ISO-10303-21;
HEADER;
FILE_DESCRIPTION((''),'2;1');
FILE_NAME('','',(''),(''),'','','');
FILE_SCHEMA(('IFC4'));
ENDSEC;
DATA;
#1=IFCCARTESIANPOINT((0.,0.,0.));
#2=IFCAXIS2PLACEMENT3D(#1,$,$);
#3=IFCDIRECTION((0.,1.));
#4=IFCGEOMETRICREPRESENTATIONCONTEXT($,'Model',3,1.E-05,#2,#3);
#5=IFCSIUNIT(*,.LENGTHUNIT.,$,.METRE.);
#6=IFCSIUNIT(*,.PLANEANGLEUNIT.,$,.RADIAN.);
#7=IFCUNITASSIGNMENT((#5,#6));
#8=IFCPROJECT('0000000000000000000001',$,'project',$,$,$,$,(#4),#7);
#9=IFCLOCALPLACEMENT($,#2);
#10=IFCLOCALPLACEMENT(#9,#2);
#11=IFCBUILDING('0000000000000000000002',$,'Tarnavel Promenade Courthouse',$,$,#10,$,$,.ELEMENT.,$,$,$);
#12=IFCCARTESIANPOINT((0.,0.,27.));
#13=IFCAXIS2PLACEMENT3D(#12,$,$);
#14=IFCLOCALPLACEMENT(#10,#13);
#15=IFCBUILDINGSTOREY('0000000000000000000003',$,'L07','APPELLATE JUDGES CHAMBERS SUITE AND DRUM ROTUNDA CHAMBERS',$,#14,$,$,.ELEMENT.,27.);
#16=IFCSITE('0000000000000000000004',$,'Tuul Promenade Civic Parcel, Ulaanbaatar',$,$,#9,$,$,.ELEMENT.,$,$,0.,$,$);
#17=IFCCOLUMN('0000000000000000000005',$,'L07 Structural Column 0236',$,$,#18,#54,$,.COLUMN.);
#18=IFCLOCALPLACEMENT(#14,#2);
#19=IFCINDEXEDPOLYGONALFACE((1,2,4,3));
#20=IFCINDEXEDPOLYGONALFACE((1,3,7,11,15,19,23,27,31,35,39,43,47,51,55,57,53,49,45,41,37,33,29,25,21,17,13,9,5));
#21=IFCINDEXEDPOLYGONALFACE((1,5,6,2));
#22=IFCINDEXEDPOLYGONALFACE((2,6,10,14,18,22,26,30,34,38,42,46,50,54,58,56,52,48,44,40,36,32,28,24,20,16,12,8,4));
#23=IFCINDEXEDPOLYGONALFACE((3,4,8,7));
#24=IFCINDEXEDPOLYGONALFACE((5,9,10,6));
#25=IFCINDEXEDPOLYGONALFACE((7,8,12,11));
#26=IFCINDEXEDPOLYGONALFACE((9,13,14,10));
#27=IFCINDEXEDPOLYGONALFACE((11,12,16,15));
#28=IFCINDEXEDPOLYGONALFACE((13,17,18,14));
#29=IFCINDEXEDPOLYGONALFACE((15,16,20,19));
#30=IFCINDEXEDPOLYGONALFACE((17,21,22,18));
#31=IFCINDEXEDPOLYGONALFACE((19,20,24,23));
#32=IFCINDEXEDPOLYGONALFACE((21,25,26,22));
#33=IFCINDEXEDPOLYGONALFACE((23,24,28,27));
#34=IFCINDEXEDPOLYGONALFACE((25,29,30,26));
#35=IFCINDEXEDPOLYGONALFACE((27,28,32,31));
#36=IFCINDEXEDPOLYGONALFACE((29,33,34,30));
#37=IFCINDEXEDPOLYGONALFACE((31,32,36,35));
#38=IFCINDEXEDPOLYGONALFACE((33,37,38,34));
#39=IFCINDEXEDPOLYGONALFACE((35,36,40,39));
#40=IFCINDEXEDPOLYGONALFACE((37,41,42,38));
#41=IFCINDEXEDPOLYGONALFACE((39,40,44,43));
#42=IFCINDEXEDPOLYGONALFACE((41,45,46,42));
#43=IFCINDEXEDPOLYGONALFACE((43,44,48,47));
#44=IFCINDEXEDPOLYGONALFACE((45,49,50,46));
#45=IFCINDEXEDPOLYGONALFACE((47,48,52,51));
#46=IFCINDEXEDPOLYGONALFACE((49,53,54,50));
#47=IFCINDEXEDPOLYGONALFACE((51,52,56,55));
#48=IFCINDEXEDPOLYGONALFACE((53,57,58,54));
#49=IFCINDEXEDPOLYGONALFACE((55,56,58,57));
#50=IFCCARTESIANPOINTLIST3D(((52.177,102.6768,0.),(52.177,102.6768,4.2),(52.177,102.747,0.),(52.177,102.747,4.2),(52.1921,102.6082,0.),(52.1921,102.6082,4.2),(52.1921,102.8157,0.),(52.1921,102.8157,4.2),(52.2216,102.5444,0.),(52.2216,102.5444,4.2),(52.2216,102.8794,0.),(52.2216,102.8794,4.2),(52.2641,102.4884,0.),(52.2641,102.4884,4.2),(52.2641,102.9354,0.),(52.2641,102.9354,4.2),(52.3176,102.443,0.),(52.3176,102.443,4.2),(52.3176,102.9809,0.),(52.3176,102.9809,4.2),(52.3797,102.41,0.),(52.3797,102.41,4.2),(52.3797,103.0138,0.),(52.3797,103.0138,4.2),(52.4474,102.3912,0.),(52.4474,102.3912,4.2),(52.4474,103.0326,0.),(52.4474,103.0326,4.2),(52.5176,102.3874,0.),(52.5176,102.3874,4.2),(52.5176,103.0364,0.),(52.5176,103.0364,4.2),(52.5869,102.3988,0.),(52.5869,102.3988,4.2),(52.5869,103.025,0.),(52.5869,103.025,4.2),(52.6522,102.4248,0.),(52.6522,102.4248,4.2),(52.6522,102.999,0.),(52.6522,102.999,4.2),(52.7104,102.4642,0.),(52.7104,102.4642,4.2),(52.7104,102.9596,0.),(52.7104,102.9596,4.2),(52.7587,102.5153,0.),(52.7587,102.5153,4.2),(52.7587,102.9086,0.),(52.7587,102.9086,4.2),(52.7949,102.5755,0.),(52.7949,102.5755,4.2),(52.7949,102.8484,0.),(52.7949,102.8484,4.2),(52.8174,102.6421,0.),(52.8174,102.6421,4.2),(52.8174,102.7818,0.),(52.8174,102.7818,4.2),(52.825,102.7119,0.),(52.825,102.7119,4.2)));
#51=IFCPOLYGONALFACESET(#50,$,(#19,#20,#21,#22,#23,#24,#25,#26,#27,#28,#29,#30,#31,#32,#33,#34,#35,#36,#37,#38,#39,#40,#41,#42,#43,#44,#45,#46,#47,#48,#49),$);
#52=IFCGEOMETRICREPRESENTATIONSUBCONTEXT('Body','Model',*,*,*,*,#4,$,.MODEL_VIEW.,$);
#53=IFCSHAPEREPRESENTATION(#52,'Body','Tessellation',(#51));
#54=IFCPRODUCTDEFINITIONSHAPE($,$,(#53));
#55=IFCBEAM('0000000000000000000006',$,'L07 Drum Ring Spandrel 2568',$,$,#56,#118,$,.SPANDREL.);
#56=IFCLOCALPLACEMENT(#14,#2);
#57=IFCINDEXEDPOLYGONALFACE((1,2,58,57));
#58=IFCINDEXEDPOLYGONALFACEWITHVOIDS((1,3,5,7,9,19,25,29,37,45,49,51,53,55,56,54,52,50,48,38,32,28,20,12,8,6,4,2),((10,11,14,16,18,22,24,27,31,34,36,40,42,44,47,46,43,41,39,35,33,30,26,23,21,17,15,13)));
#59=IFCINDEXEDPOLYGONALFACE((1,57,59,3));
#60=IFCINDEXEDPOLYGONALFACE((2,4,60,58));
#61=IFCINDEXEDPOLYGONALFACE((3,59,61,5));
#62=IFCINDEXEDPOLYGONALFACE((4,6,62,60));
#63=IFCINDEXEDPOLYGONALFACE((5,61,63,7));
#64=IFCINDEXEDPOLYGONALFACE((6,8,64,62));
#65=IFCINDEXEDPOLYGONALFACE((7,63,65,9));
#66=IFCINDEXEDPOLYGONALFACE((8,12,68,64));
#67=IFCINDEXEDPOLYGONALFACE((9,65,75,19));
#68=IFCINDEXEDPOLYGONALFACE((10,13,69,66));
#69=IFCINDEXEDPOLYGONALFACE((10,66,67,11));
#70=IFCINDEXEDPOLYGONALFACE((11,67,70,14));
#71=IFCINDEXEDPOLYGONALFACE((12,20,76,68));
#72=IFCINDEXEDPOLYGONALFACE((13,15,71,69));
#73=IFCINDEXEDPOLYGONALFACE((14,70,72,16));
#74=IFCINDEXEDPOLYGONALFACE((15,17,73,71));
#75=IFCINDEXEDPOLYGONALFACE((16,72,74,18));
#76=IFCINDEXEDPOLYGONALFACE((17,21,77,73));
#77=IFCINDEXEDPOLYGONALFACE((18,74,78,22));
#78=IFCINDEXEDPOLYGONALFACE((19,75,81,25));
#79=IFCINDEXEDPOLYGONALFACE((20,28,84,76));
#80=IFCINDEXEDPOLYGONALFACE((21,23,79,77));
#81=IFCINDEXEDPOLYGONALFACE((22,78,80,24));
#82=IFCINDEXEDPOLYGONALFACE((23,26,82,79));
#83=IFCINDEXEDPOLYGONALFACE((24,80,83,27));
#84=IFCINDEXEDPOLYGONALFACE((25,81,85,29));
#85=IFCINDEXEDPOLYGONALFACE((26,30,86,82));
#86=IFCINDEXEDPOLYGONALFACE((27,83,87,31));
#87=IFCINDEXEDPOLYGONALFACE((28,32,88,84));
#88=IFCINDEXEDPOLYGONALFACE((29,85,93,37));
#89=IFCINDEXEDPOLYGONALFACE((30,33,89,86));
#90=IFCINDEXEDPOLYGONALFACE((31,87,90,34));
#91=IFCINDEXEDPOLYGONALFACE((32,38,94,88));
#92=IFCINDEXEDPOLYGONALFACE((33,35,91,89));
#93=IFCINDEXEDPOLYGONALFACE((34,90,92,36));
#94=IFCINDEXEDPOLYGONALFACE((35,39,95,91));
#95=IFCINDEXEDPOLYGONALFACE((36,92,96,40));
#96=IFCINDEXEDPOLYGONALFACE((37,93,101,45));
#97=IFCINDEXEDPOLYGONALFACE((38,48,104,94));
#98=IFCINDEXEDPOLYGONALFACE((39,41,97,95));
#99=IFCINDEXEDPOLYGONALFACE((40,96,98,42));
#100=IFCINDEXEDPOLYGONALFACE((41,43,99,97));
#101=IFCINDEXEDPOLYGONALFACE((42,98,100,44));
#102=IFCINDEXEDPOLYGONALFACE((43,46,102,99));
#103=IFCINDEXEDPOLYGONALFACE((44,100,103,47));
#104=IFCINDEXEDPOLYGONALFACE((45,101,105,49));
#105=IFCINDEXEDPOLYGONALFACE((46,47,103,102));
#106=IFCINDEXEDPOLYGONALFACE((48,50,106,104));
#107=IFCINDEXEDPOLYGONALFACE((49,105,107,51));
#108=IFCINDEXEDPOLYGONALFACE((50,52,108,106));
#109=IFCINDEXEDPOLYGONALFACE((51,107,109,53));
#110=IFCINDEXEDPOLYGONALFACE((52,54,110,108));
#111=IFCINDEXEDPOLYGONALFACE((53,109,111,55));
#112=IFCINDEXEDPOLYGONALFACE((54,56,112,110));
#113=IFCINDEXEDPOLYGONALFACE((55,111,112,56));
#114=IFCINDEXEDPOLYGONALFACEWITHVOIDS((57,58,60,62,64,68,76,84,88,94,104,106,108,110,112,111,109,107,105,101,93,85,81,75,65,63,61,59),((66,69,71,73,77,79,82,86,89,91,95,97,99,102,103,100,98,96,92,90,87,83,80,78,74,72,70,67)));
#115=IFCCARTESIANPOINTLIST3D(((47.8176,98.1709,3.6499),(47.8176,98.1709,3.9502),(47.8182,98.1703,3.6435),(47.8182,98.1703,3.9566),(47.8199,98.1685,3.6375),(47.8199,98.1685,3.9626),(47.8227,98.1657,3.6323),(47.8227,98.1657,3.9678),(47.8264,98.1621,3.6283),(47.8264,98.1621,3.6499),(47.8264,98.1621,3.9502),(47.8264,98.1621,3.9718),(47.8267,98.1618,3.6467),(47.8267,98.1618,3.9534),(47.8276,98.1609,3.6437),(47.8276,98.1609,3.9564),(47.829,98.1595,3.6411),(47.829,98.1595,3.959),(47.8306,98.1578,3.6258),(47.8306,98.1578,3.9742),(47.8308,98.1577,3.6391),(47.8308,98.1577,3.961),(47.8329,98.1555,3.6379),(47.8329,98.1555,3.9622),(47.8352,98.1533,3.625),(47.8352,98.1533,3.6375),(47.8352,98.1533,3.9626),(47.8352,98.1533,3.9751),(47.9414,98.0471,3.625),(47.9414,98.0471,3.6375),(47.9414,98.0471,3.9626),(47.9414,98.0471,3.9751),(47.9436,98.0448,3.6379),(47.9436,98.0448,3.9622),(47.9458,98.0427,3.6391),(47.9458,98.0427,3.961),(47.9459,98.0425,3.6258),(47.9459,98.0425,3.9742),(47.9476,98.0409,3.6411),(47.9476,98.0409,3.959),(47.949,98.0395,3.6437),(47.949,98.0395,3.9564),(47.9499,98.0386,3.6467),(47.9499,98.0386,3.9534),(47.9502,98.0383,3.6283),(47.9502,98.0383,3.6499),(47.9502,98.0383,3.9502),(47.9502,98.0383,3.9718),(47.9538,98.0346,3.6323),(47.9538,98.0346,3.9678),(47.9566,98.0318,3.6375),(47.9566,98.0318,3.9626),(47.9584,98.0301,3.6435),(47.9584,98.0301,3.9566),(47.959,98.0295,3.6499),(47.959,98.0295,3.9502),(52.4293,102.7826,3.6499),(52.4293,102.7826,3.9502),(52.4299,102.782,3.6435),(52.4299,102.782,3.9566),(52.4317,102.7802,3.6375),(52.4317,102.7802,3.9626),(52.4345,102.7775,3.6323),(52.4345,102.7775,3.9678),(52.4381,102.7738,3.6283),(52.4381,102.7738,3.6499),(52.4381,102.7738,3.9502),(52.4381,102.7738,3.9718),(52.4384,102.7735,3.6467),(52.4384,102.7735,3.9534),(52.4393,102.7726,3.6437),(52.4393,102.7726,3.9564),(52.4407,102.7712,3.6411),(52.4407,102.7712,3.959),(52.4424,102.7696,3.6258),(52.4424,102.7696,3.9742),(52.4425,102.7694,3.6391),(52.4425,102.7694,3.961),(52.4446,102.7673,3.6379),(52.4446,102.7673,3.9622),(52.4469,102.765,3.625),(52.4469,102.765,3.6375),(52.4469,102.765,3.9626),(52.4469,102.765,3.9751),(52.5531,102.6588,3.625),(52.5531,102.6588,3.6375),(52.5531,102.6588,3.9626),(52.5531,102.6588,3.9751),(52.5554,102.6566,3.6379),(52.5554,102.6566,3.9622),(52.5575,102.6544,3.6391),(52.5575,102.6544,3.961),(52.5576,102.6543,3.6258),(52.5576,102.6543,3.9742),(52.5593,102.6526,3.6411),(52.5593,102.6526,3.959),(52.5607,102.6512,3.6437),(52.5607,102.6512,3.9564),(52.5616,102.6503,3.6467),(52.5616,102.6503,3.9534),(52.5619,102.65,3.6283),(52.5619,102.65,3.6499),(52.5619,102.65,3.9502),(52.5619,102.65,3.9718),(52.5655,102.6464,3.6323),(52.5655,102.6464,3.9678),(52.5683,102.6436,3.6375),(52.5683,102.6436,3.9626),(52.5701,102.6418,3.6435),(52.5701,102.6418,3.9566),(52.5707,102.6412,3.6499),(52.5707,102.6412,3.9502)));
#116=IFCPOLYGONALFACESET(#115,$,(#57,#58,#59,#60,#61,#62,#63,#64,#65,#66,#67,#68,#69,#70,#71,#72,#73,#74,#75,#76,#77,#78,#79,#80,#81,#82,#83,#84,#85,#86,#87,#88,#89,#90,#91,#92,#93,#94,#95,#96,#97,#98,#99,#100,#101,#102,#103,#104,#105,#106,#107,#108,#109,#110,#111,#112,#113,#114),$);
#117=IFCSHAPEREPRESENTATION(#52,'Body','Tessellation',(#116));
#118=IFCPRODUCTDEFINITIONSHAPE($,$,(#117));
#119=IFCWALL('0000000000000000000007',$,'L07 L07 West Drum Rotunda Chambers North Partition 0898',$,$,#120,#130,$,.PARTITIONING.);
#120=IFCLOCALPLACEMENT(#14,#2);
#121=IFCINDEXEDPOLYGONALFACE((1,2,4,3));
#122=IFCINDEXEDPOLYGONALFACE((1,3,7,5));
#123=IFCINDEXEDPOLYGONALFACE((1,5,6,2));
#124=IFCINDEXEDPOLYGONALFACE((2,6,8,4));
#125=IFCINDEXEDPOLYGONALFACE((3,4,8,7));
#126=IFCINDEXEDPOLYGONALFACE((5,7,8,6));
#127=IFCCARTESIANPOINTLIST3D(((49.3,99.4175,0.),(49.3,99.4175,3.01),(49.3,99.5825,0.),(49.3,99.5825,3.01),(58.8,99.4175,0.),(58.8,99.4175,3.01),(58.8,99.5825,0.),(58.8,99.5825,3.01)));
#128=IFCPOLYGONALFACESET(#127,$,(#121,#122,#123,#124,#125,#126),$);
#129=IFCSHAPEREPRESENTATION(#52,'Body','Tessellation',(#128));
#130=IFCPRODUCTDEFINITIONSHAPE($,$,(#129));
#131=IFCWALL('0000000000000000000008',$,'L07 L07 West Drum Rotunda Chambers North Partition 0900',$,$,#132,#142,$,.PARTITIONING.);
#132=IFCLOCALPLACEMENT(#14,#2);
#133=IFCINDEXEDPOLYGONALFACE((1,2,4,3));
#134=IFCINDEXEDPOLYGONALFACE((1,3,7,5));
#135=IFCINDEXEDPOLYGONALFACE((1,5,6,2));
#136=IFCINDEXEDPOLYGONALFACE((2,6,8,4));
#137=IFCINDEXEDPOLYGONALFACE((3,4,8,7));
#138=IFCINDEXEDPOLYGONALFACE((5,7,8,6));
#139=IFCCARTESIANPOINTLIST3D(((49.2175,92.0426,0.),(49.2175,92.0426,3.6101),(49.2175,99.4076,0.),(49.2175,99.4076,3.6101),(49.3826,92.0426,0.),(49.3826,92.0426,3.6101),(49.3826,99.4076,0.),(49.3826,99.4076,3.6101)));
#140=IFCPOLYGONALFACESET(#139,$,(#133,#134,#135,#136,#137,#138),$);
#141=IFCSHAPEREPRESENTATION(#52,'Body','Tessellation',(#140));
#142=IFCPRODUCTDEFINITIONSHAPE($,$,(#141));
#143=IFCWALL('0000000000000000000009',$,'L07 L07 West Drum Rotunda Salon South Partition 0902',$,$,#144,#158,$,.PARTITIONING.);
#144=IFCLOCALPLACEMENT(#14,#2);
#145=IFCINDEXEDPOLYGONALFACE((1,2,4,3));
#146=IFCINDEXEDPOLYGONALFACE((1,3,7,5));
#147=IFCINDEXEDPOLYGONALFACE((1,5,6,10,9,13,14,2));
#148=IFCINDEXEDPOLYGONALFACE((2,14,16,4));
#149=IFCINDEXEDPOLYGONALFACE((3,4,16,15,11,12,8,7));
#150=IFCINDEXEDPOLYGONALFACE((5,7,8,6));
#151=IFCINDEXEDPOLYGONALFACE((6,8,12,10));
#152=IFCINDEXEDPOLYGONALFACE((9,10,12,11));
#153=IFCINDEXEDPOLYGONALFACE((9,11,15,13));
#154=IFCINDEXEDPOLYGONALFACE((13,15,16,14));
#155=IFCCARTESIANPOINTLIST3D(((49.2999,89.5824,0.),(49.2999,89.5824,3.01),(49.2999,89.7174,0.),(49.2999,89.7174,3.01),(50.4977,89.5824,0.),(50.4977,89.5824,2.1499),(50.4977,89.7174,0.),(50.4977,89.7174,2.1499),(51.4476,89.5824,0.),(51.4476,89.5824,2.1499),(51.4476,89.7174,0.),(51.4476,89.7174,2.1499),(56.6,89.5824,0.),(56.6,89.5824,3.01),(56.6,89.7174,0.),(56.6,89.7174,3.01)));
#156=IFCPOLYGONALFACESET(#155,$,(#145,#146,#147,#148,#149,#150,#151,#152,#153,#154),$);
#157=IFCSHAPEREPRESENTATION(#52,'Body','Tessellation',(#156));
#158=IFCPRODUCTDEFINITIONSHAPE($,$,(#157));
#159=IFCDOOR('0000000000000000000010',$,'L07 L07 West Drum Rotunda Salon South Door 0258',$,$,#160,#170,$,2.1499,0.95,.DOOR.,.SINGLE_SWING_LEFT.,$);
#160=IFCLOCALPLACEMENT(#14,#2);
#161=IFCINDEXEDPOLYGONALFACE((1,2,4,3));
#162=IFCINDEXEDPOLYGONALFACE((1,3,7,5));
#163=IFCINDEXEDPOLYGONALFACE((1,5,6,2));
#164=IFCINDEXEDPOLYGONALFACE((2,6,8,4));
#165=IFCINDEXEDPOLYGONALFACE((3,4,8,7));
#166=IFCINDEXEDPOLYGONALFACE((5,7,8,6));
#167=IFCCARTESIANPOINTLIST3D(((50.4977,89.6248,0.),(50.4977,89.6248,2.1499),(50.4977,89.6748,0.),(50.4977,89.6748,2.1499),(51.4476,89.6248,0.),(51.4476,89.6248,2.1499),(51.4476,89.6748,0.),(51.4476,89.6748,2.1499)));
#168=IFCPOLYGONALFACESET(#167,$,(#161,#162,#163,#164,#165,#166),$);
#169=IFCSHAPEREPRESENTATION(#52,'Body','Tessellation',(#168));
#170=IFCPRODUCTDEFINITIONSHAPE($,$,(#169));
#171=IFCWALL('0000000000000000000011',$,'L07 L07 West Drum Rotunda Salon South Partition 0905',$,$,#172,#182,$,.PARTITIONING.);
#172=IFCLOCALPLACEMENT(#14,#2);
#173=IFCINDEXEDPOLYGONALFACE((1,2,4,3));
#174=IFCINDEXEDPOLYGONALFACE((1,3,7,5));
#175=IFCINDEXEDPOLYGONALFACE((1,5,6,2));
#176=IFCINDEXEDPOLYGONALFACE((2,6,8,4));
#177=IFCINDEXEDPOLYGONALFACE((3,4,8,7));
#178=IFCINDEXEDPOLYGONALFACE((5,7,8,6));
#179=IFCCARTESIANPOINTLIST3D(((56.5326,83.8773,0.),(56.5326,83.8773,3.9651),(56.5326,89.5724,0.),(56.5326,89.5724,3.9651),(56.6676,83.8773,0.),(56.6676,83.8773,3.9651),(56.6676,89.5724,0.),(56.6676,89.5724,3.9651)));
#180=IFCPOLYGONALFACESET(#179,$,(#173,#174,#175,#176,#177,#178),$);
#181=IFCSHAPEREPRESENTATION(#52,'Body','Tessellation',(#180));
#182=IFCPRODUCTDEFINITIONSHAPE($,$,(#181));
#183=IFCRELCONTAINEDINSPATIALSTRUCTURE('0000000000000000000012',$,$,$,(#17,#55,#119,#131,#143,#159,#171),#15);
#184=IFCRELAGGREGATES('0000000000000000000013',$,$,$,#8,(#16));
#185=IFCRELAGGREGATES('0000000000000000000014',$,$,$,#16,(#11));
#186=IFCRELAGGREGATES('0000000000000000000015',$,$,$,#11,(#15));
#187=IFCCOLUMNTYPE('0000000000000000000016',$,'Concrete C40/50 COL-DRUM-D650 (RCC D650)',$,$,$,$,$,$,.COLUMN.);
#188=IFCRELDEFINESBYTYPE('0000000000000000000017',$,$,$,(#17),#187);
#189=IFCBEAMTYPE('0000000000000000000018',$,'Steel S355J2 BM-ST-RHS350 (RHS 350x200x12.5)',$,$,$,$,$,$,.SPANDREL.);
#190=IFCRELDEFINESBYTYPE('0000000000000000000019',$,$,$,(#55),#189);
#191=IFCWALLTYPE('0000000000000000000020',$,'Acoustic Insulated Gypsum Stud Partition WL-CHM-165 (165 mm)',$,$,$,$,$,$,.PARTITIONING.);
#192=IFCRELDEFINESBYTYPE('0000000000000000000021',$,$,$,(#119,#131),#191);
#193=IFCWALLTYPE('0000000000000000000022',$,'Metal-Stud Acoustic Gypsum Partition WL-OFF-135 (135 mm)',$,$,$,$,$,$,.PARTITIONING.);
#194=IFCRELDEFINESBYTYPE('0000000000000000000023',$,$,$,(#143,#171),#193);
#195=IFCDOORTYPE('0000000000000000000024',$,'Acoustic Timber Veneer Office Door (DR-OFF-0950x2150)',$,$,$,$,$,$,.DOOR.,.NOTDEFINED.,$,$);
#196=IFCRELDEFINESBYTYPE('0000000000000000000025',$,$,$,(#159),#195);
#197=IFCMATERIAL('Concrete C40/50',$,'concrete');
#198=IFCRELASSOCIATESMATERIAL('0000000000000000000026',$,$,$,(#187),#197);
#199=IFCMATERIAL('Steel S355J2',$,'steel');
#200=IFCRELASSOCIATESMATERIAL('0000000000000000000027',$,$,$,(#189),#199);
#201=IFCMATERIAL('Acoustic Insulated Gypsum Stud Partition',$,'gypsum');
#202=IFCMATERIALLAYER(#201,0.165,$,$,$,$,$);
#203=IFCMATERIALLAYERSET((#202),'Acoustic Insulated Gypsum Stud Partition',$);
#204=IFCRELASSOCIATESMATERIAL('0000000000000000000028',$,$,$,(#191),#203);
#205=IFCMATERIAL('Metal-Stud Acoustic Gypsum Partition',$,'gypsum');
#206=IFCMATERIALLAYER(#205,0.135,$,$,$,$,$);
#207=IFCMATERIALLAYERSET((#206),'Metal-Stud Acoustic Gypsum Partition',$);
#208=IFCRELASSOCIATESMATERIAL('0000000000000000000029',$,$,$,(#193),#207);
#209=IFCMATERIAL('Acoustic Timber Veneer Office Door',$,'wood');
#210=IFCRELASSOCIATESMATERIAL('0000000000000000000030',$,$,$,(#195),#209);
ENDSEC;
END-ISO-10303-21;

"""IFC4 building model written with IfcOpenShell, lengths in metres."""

from ifc_helpers import new_model, si_unit, direction, frame, frame_2d, origin, origin_2d, place, context, subcontext, project, spatial, rectangle, hollow_rectangle, circle, extrude, material, layer, layer_set, material_profile, profile_set, type_object, element, fill, save


model = new_model("IFC4")

# Units and contexts
model_context = context("Model", 3, precision=1e-05, world=origin(), true_north=direction((0.0, 1.0)))
body_context = subcontext(model_context, "Body", "Model", "MODEL_VIEW")
ifc_project = project(units=[si_unit("LENGTHUNIT", "METRE"), si_unit("PLANEANGLEUNIT", "RADIAN")], contexts=[model_context])

# Site, building, storey
site_placement = place(None, origin())
site = spatial("IfcSite", under=ifc_project, at=site_placement, Name="Tuul Promenade Civic Parcel, Ulaanbaatar", CompositionType="ELEMENT", RefElevation=0.0)
building_placement = place(site_placement, origin())
building = spatial("IfcBuilding", under=site, at=building_placement, Name="Tarnavel Promenade Courthouse", CompositionType="ELEMENT")
storey_placement = place(building_placement, frame((0.0, 0.0, 27.0)))
storey = spatial("IfcBuildingStorey", under=building, at=storey_placement, Name="L07", Description="APPELLATE JUDGES CHAMBERS SUITE AND DRUM ROTUNDA CHAMBERS", CompositionType="ELEMENT", Elevation=27.0)

# Column
ifc_material_1 = material(Name="Concrete C40/50", Category="concrete")
ifc_material_profile_1 = material_profile(ifc_material_1, circle(Radius=0.325, at=origin_2d()), Name="RCC D650")
ifc_profile_set_1 = profile_set([ifc_material_profile_1], Name="Concrete C40/50")
column_type = type_object("IfcColumnType", Name="Concrete C40/50 COL-DRUM-D650 (RCC D650)", PredefinedType="COLUMN", material=ifc_profile_set_1)
column_placement = place(storey_placement, frame((52.5, 102.7119, 0.0), z_axis=(0.0, 0.0, 1.0), x_axis=(1.0, 0.0, 0.0)))
element("IfcColumn", 1, at=column_placement, inside=storey, type_object=column_type, Name="L07 Structural Column 0236", PredefinedType="COLUMN", context=body_context, shape_type="SweptSolid", body=[
    extrude(circle(Radius=0.325, at=origin_2d()), origin(), (0.0, 0.0, 1.0), 4.2),
])

# Beam
ifc_material_2 = material(Name="Steel S355J2", Category="steel")
ifc_material_profile_2 = material_profile(ifc_material_2, hollow_rectangle(XDim=0.2, YDim=0.3501, WallThickness=0.0125, InnerFilletRadius=0.0125, OuterFilletRadius=0.0249, at=origin_2d()), Name="RHS 350x200x12.5")
ifc_profile_set_2 = profile_set([ifc_material_profile_2], Name="Steel S355J2")
beam_type = type_object("IfcBeamType", Name="Steel S355J2 BM-ST-RHS350 (RHS 350x200x12.5)", PredefinedType="SPANDREL", material=ifc_profile_set_2)
beam_placement = place(storey_placement, frame((52.5, 102.7119, 3.8), z_axis=(-0.707107, -0.707107, 0.0), x_axis=(0.707107, -0.707107, 0.0)))
element("IfcBeam", 2, at=beam_placement, inside=storey, type_object=beam_type, Name="L07 Drum Ring Spandrel 2568", PredefinedType="SPANDREL", context=body_context, shape_type="SweptSolid", body=[
    extrude(hollow_rectangle(XDim=0.2, YDim=0.3501, WallThickness=0.0125, InnerFilletRadius=0.0125, OuterFilletRadius=0.0249, at=origin_2d()), origin(), (0.0, 0.0, 1.0), 6.522),
])

# Walls
ifc_material_3 = material(Name="Acoustic Insulated Gypsum Stud Partition", Category="gypsum")
ifc_layer_1 = layer(ifc_material_3, 0.165)
ifc_layer_set_1 = layer_set([ifc_layer_1], Name="Acoustic Insulated Gypsum Stud Partition")
wall_type_1 = type_object("IfcWallType", Name="Acoustic Insulated Gypsum Stud Partition WL-CHM-165 (165 mm)", PredefinedType="PARTITIONING", material=ifc_layer_set_1)
wall_1_placement = place(storey_placement, frame((49.3, 99.5, 0.0), z_axis=(0.0, 0.0, 1.0), x_axis=(1.0, 0.0, 0.0)))
element("IfcWall", 3, at=wall_1_placement, inside=storey, type_object=wall_type_1, Name="L07 L07 West Drum Rotunda Chambers North Partition 0898", PredefinedType="PARTITIONING", context=body_context, shape_type="SweptSolid", body=[
    extrude(rectangle(XDim=9.5, YDim=0.165, at=frame_2d((4.75, 0.0))), origin(), (0.0, 0.0, 1.0), 3.01),
])
wall_2_placement = place(storey_placement, frame((49.3, 92.0425, 0.0), z_axis=(0.0, 0.0, 1.0), x_axis=(0.0, 1.0, 0.0)))
element("IfcWall", 4, at=wall_2_placement, inside=storey, type_object=wall_type_1, Name="L07 L07 West Drum Rotunda Chambers North Partition 0900", PredefinedType="PARTITIONING", context=body_context, shape_type="SweptSolid", body=[
    extrude(rectangle(XDim=7.365, YDim=0.165, at=frame_2d((3.6826, 0.0))), origin(), (0.0, 0.0, 1.0), 3.6101),
])

# Wall, opening, door
ifc_material_4 = material(Name="Metal-Stud Acoustic Gypsum Partition", Category="gypsum")
ifc_layer_2 = layer(ifc_material_4, 0.135)
ifc_layer_set_2 = layer_set([ifc_layer_2], Name="Metal-Stud Acoustic Gypsum Partition")
wall_type_2 = type_object("IfcWallType", Name="Metal-Stud Acoustic Gypsum Partition WL-OFF-135 (135 mm)", PredefinedType="PARTITIONING", material=ifc_layer_set_2)
wall_3_placement = place(storey_placement, frame((49.3, 89.6499, 0.0), z_axis=(0.0, 0.0, 1.0), x_axis=(1.0, 0.0, 0.0)))
wall_3 = element("IfcWall", 5, at=wall_3_placement, inside=storey, type_object=wall_type_2, Name="L07 L07 West Drum Rotunda Salon South Partition 0902", PredefinedType="PARTITIONING", context=body_context, shape_type="SweptSolid", body=[
    extrude(rectangle(XDim=7.3, YDim=0.135, at=frame_2d((3.6499, 0.0))), origin(), (0.0, 0.0, 1.0), 3.01),
])
opening_1_placement = place(wall_3_placement, frame((1.1975, 0.0, 0.0)))
opening_1 = element("IfcOpeningElement", 6, at=opening_1_placement, cuts=wall_3, PredefinedType="OPENING", context=body_context, shape_type="SweptSolid", body=[
    extrude(rectangle(XDim=0.95, YDim=2.1499, at=frame_2d((0.4751, 1.075))), frame((0.0, 0.0774, 0.0), z_axis=(0.0, -1.0, 0.0), x_axis=(1.0, 0.0, 0.0)), (0.0, 0.0, 1.0), 0.155),
])
ifc_material_5 = material(Name="Acoustic Timber Veneer Office Door", Category="wood")
door_type = type_object("IfcDoorType", Name="Acoustic Timber Veneer Office Door (DR-OFF-0950x2150)", OperationType="NOTDEFINED", PredefinedType="DOOR", material=ifc_material_5)
door_placement = place(opening_1_placement, origin())
door = element("IfcDoor", 7, at=door_placement, inside=storey, type_object=door_type, Name="L07 L07 West Drum Rotunda Salon South Door 0258", OperationType="SINGLE_SWING_LEFT", OverallHeight=2.1499, OverallWidth=0.95, PredefinedType="DOOR", context=body_context, shape_type="SweptSolid", body=[
    extrude(rectangle(XDim=0.95, YDim=2.1499, at=frame_2d((0.4751, 1.075))), frame((0.0, 0.0249, 0.0), z_axis=(0.0, -1.0, 0.0), x_axis=(1.0, 0.0, 0.0)), (0.0, 0.0, 1.0), 0.05),
])
fill(opening_1, door)

# Wall
wall_4_placement = place(storey_placement, frame((56.6001, 89.5725, 0.0), z_axis=(0.0, 0.0, 1.0), x_axis=(0.0, -1.0, 0.0)))
element("IfcWall", 8, at=wall_4_placement, inside=storey, type_object=wall_type_2, Name="L07 L07 West Drum Rotunda Salon South Partition 0905", PredefinedType="PARTITIONING", context=body_context, shape_type="SweptSolid", body=[
    extrude(rectangle(XDim=5.6951, YDim=0.135, at=frame_2d((2.8477, 0.0))), origin(), (0.0, 0.0, 1.0), 3.9651),
])

save(model, "model.ifc")
